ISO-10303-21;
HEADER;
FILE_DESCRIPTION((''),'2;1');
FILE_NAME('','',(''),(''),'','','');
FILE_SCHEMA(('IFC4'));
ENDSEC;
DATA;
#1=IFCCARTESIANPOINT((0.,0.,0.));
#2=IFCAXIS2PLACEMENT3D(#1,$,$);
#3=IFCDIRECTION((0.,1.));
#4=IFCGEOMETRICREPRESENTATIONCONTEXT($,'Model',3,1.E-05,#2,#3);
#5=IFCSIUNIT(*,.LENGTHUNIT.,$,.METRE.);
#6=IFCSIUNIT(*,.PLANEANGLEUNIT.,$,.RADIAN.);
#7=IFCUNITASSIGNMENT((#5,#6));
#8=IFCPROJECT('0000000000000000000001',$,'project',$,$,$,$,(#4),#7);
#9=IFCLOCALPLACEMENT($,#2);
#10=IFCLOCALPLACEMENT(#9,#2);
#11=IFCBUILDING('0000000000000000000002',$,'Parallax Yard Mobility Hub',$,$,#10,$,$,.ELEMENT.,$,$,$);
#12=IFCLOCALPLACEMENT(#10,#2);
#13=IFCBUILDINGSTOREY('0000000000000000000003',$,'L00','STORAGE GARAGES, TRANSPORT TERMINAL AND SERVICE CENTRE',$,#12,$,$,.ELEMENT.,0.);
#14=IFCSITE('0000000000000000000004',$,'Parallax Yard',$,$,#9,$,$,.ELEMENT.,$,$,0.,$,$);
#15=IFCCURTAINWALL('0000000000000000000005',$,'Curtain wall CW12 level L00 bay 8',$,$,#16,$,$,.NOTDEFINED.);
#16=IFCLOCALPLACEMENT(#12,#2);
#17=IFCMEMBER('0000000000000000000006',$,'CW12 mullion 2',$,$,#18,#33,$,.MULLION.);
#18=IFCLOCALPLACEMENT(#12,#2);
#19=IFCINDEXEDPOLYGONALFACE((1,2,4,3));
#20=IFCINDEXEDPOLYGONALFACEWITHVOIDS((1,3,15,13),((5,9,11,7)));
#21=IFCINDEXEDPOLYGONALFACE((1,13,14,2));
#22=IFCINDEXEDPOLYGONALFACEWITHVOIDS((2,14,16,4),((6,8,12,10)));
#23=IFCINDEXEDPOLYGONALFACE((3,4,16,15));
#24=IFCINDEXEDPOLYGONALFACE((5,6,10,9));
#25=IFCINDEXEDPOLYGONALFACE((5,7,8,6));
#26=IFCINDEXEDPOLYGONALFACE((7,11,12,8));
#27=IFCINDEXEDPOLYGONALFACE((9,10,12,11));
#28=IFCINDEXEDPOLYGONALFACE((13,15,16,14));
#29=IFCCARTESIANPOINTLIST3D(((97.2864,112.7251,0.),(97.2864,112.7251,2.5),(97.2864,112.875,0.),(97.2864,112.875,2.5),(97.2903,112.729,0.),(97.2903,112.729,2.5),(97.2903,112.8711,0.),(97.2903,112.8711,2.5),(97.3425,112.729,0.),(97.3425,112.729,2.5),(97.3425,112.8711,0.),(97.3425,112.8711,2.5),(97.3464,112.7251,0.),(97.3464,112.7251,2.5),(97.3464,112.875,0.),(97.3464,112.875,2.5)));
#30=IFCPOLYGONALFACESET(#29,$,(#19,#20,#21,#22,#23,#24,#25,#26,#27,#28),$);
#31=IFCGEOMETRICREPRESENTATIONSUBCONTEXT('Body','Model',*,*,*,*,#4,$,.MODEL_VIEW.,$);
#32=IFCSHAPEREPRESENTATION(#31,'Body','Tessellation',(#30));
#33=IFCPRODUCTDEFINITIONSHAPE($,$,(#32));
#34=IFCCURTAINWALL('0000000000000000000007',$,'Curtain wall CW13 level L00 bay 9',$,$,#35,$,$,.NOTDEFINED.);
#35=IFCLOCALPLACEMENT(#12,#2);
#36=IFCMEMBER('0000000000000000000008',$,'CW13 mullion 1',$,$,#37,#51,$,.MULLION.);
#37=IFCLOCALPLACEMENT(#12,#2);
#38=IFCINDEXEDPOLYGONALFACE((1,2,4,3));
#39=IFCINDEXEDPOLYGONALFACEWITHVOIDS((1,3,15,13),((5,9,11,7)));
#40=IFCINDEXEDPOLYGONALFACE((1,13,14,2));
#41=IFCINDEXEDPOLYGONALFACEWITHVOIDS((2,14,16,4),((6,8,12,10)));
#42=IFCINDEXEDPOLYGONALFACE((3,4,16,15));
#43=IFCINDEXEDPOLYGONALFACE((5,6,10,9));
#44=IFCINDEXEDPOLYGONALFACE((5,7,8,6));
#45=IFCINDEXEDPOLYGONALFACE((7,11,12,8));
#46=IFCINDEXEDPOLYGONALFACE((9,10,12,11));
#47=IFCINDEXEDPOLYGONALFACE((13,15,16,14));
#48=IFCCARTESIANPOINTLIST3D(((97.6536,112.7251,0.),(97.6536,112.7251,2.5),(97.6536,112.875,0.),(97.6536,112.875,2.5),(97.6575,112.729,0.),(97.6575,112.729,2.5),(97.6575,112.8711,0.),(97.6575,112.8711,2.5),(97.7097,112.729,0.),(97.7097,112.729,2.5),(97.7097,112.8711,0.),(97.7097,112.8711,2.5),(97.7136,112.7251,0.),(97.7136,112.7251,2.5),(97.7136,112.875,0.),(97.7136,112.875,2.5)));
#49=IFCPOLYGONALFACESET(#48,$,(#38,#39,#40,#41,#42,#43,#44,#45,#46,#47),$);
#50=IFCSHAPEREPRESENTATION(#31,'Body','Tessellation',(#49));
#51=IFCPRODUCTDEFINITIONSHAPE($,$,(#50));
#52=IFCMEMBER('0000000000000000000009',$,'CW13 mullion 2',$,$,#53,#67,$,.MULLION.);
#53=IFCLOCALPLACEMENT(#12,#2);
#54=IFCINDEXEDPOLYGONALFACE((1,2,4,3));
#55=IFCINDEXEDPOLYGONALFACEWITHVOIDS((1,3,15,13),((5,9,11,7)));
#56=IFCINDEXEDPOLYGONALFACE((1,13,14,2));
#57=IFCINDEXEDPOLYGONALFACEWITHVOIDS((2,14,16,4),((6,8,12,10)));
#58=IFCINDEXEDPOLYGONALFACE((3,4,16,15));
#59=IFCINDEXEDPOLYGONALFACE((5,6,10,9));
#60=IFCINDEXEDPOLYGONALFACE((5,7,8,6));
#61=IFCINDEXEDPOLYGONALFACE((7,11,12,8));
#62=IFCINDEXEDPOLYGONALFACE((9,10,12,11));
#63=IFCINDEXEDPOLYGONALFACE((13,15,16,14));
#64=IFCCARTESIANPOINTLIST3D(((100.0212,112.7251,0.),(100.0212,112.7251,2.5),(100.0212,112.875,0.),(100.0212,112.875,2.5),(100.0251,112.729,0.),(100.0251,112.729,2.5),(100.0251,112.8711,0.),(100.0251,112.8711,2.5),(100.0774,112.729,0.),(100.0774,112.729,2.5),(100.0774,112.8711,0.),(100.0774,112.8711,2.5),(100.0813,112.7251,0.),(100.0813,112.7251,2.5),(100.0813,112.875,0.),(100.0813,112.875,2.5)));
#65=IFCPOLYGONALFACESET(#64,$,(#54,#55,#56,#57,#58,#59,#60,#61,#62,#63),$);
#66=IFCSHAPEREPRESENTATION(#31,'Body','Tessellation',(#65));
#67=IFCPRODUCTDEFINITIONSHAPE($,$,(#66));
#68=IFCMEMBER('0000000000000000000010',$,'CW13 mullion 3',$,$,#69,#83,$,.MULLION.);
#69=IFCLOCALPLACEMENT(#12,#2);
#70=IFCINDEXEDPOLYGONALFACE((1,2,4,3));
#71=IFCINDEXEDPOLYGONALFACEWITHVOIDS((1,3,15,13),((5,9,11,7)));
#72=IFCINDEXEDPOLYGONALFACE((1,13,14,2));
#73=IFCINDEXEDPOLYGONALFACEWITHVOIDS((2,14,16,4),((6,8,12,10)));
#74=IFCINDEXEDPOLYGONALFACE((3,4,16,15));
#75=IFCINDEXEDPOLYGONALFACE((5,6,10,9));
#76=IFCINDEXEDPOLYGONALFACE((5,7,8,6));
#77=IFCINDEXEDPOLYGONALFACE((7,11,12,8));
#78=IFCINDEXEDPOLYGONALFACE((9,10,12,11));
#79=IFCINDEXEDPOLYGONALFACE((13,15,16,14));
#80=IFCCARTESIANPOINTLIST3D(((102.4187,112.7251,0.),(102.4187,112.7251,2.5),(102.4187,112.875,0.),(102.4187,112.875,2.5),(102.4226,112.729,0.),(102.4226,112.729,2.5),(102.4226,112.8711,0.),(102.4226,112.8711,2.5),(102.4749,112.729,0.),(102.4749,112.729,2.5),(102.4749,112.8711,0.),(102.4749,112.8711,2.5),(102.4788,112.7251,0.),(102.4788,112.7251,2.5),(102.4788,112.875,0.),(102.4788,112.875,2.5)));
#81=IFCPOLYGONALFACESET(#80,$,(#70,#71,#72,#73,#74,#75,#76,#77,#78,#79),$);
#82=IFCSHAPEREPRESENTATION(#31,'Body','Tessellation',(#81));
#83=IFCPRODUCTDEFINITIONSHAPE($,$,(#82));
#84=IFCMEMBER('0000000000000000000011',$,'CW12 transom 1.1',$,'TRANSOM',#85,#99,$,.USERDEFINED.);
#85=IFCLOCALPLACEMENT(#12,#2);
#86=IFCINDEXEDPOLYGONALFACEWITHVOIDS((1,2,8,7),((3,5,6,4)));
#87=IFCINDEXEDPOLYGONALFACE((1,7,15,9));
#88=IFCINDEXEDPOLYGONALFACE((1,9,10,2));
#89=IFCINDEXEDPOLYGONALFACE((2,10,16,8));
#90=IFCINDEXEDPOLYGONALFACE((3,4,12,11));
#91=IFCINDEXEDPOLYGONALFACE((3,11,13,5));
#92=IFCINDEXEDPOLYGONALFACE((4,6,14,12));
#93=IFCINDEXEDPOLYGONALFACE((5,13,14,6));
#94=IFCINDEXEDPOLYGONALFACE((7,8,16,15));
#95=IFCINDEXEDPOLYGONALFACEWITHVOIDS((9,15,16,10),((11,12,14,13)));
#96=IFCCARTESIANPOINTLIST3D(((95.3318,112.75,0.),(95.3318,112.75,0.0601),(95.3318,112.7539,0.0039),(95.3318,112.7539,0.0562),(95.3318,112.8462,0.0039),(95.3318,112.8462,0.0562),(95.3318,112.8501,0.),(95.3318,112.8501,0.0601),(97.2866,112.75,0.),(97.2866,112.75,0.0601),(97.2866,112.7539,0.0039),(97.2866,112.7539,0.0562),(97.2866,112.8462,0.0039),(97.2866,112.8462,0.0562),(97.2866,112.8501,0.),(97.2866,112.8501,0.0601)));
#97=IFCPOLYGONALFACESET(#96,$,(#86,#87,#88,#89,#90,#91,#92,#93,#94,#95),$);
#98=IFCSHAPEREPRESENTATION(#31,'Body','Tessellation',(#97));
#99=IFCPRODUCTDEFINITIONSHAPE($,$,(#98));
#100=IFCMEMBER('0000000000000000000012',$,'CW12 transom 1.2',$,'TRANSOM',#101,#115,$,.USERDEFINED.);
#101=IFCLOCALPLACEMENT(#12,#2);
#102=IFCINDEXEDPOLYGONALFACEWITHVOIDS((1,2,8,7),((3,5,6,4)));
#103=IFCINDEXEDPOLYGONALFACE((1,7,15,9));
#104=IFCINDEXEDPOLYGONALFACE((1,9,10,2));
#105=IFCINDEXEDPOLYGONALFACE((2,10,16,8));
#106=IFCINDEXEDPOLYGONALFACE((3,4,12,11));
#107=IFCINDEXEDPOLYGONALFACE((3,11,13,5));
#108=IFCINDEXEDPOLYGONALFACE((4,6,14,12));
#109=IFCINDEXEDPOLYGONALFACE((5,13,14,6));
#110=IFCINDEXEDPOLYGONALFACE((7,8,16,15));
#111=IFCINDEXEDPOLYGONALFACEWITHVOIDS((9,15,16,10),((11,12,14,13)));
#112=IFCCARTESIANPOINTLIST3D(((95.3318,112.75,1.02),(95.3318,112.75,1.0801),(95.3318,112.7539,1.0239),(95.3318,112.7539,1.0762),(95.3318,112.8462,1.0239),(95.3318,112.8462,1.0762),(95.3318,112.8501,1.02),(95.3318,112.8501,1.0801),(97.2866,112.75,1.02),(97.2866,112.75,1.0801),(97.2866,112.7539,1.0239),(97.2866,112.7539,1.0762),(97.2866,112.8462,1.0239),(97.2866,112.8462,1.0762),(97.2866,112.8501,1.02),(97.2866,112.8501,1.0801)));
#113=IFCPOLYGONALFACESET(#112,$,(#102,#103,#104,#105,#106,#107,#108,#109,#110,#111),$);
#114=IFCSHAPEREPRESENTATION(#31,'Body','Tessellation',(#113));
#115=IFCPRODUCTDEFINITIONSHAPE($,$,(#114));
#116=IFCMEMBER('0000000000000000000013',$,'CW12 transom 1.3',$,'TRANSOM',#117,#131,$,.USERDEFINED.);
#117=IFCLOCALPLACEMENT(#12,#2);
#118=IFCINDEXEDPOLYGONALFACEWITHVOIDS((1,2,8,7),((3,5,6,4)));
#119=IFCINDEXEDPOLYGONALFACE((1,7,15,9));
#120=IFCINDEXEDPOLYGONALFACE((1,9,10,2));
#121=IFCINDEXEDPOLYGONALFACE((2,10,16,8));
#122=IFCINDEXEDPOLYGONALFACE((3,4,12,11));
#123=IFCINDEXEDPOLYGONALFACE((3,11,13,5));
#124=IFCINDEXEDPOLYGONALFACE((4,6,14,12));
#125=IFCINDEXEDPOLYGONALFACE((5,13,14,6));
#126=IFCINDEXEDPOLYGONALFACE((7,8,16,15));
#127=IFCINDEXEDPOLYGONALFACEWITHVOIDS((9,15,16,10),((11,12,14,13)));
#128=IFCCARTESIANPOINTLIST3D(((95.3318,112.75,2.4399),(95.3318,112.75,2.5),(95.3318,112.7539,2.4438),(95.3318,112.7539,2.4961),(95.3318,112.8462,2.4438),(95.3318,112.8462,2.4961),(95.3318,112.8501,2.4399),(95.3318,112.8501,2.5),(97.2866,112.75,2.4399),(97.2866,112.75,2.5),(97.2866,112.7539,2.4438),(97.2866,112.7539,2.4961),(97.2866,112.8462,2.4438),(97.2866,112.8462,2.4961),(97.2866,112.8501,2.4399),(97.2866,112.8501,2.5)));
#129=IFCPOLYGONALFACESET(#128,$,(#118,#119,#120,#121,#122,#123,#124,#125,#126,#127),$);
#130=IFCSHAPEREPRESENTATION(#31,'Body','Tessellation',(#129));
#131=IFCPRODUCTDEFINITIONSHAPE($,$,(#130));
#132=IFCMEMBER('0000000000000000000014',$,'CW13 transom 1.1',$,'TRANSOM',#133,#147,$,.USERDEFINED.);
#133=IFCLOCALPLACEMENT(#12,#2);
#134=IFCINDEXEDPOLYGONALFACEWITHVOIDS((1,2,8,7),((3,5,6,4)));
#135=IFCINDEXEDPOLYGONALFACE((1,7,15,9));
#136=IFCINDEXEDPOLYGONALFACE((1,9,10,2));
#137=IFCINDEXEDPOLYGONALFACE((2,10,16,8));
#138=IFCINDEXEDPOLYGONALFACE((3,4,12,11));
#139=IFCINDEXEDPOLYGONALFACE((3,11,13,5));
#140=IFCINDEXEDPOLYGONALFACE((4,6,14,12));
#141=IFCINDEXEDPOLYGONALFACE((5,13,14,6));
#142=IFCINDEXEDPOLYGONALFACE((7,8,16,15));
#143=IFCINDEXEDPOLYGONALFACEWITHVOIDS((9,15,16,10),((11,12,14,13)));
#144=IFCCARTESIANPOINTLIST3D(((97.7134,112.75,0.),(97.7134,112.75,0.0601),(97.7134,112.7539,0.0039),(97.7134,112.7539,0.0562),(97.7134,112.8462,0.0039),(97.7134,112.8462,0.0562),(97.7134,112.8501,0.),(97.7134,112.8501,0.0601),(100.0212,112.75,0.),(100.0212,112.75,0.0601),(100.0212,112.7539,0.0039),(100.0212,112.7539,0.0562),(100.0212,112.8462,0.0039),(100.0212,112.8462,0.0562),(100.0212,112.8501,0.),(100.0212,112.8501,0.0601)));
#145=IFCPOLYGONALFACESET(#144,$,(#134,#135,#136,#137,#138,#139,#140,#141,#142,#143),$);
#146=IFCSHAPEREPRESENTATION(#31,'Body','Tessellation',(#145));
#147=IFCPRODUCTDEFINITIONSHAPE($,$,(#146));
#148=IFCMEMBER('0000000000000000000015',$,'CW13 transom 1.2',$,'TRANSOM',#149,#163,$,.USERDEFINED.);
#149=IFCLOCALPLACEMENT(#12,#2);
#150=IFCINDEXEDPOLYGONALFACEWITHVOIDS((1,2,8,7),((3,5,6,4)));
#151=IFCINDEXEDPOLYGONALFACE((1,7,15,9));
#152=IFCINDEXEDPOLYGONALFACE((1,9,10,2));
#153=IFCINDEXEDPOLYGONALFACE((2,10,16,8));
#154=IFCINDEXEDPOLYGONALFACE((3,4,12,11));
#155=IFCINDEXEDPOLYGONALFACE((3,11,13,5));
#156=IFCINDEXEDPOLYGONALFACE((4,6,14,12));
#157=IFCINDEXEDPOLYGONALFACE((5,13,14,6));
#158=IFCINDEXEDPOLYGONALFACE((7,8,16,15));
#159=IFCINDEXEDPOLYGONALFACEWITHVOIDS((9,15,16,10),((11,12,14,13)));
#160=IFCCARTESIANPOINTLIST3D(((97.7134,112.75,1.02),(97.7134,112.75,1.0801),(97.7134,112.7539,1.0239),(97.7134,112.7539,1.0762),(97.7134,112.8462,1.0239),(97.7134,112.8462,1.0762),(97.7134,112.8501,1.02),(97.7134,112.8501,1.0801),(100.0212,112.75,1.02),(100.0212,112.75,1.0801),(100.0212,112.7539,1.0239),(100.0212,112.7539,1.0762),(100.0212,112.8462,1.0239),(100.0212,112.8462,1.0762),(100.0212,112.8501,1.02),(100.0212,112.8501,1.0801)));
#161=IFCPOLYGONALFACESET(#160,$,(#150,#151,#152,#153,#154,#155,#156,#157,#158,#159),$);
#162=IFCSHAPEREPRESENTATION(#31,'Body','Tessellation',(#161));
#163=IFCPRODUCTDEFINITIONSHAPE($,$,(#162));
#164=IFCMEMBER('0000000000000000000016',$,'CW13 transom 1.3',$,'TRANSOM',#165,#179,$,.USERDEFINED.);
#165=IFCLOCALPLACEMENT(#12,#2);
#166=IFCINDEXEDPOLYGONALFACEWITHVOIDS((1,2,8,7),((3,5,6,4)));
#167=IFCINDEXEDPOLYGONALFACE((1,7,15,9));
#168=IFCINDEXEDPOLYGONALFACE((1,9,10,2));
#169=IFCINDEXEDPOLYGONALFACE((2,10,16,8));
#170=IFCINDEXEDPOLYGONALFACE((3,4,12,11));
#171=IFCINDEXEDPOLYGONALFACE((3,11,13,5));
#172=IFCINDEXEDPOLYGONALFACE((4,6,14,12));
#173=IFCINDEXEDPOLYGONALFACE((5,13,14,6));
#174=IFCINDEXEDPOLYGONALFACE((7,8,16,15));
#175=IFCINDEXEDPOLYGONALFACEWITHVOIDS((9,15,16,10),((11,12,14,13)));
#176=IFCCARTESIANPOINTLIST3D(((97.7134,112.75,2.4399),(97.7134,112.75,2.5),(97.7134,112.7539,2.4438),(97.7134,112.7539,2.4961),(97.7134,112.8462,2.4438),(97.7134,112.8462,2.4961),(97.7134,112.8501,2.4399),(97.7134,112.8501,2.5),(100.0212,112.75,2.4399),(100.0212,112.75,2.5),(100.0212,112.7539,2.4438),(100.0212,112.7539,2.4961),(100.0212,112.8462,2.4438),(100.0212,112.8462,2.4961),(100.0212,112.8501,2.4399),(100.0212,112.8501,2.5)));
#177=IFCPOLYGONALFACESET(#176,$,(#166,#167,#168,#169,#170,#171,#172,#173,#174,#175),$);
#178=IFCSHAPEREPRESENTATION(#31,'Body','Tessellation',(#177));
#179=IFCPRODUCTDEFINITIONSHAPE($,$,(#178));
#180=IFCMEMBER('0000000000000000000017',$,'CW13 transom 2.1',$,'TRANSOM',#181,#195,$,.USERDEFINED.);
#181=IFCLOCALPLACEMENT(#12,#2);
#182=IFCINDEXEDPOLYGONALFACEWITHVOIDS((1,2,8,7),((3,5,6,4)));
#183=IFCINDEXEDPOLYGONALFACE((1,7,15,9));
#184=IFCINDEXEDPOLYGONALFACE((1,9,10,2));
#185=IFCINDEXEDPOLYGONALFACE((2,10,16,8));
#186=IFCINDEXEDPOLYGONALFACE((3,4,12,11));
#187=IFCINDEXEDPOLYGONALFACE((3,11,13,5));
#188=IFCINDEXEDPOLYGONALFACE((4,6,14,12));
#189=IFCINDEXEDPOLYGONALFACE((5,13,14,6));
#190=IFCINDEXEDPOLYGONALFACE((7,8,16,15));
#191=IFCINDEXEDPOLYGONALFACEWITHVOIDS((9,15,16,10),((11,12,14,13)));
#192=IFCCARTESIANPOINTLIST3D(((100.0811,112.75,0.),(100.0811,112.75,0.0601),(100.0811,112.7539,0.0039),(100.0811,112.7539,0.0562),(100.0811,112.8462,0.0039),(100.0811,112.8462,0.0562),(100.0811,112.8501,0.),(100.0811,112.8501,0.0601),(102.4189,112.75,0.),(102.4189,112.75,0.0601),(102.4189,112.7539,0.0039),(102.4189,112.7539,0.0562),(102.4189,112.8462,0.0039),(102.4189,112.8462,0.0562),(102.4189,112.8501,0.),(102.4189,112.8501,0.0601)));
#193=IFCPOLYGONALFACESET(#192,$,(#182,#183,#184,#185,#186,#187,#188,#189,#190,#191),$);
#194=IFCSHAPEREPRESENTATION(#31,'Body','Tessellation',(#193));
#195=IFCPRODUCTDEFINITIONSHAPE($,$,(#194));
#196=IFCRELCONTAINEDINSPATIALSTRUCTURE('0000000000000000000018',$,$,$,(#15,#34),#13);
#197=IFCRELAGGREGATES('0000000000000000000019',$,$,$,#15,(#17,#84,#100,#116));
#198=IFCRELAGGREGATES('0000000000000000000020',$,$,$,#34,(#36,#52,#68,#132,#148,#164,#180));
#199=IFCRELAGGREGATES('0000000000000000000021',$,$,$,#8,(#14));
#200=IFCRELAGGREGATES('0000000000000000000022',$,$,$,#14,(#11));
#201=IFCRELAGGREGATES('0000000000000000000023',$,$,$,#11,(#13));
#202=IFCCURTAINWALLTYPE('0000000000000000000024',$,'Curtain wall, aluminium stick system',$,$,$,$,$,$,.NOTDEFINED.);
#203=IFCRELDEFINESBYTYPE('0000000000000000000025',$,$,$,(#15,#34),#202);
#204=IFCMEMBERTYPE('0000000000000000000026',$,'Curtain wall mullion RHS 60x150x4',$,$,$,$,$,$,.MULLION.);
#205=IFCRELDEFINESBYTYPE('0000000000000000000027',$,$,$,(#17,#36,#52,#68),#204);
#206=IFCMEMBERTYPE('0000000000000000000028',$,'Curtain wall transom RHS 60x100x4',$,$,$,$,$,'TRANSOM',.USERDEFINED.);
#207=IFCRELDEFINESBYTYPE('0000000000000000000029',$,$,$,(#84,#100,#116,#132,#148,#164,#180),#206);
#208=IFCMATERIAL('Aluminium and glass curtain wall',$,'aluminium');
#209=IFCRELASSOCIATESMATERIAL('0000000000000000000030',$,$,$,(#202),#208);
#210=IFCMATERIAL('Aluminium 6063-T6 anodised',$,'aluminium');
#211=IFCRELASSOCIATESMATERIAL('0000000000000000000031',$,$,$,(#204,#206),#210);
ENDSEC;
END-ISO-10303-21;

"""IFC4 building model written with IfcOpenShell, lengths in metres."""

from ifc_helpers import new_model, si_unit, direction, frame, origin, origin_2d, place, context, subcontext, project, spatial, hollow_rectangle, extrude, material, material_profile, profile_set, type_object, element, aggregate, save


model = new_model("IFC4")

# Units and contexts
model_context = context("Model", 3, precision=1e-05, world=origin(), true_north=direction((0.0, 1.0)))
body_context = subcontext(model_context, "Body", "Model", "MODEL_VIEW")
ifc_project = project(units=[si_unit("LENGTHUNIT", "METRE"), si_unit("PLANEANGLEUNIT", "RADIAN")], contexts=[model_context])

# Site, building, storey
site_placement = place(None, origin())
site = spatial("IfcSite", under=ifc_project, at=site_placement, Name="Parallax Yard", CompositionType="ELEMENT", RefElevation=0.0)
building_placement = place(site_placement, origin())
building = spatial("IfcBuilding", under=site, at=building_placement, Name="Parallax Yard Mobility Hub", CompositionType="ELEMENT")
storey_placement = place(building_placement, origin())
storey = spatial("IfcBuildingStorey", under=building, at=storey_placement, Name="L00", Description="STORAGE GARAGES, TRANSPORT TERMINAL AND SERVICE CENTRE", CompositionType="ELEMENT", Elevation=0.0)

# Curtain wall, member
ifc_material_1 = material(Name="Aluminium and glass curtain wall", Category="aluminium")
curtain_wall_type = type_object("IfcCurtainWallType", Name="Curtain wall, aluminium stick system", PredefinedType="NOTDEFINED", material=ifc_material_1)
curtain_wall_1_placement = place(storey_placement, origin())
curtain_wall_1 = element("IfcCurtainWall", 1, at=curtain_wall_1_placement, inside=storey, type_object=curtain_wall_type, Name="Curtain wall CW12 level L00 bay 8", PredefinedType="NOTDEFINED")
ifc_material_2 = material(Name="Aluminium 6063-T6 anodised", Category="aluminium")
ifc_material_profile_1 = material_profile(ifc_material_2, hollow_rectangle(XDim=0.1499, YDim=0.0601, WallThickness=0.0039, at=origin_2d()), Name="RHS 60x150x4")
ifc_profile_set_1 = profile_set([ifc_material_profile_1], Name="Aluminium 6063-T6 anodised")
member_type_1 = type_object("IfcMemberType", Name="Curtain wall mullion RHS 60x150x4", PredefinedType="MULLION", material=ifc_profile_set_1)
member_1_placement = place(storey_placement, frame((97.3164, 112.8, 0.0), z_axis=(0.0, 0.0, 1.0), x_axis=(0.0, 1.0, 0.0)))
member_1 = element("IfcMember", 2, at=member_1_placement, type_object=member_type_1, Name="CW12 mullion 2", PredefinedType="MULLION", context=body_context, shape_type="SweptSolid", body=[
    extrude(hollow_rectangle(XDim=0.1499, YDim=0.0601, WallThickness=0.0039, at=origin_2d()), origin(), (0.0, 0.0, 1.0), 2.5),
])

# Curtain wall, members
curtain_wall_2_placement = place(storey_placement, origin())
curtain_wall_2 = element("IfcCurtainWall", 3, at=curtain_wall_2_placement, inside=storey, type_object=curtain_wall_type, Name="Curtain wall CW13 level L00 bay 9", PredefinedType="NOTDEFINED")
member_2_placement = place(storey_placement, frame((97.6836, 112.8, 0.0), z_axis=(0.0, 0.0, 1.0), x_axis=(0.0, 1.0, 0.0)))
member_2 = element("IfcMember", 4, at=member_2_placement, type_object=member_type_1, Name="CW13 mullion 1", PredefinedType="MULLION", context=body_context, shape_type="SweptSolid", body=[
    extrude(hollow_rectangle(XDim=0.1499, YDim=0.0601, WallThickness=0.0039, at=origin_2d()), origin(), (0.0, 0.0, 1.0), 2.5),
])
member_3_placement = place(storey_placement, frame((100.0513, 112.8, 0.0), z_axis=(0.0, 0.0, 1.0), x_axis=(0.0, 1.0, 0.0)))
member_3 = element("IfcMember", 5, at=member_3_placement, type_object=member_type_1, Name="CW13 mullion 2", PredefinedType="MULLION", context=body_context, shape_type="SweptSolid", body=[
    extrude(hollow_rectangle(XDim=0.1499, YDim=0.0601, WallThickness=0.0039, at=origin_2d()), origin(), (0.0, 0.0, 1.0), 2.5),
])
member_4_placement = place(storey_placement, frame((102.4487, 112.8, 0.0), z_axis=(0.0, 0.0, 1.0), x_axis=(0.0, 1.0, 0.0)))
member_4 = element("IfcMember", 6, at=member_4_placement, type_object=member_type_1, Name="CW13 mullion 3", PredefinedType="MULLION", context=body_context, shape_type="SweptSolid", body=[
    extrude(hollow_rectangle(XDim=0.1499, YDim=0.0601, WallThickness=0.0039, at=origin_2d()), origin(), (0.0, 0.0, 1.0), 2.5),
])

# Members
ifc_material_profile_2 = material_profile(ifc_material_2, hollow_rectangle(XDim=0.1001, YDim=0.0601, WallThickness=0.0039, at=origin_2d()), Name="RHS 60x100x4")
ifc_profile_set_2 = profile_set([ifc_material_profile_2], Name="Aluminium 6063-T6 anodised")
member_type_2 = type_object("IfcMemberType", Name="Curtain wall transom RHS 60x100x4", ElementType="TRANSOM", PredefinedType="USERDEFINED", material=ifc_profile_set_2)
member_5_placement = place(storey_placement, frame((95.3318, 112.8, 0.03), z_axis=(1.0, 0.0, 0.0), x_axis=(0.0, 1.0, 0.0)))
member_5 = element("IfcMember", 7, at=member_5_placement, type_object=member_type_2, Name="CW12 transom 1.1", ObjectType="TRANSOM", PredefinedType="USERDEFINED", context=body_context, shape_type="SweptSolid", body=[
    extrude(hollow_rectangle(XDim=0.1001, YDim=0.0601, WallThickness=0.0039, at=origin_2d()), origin(), (0.0, 0.0, 1.0), 1.9548),
])
member_6_placement = place(storey_placement, frame((95.3318, 112.8, 1.05), z_axis=(1.0, 0.0, 0.0), x_axis=(0.0, 1.0, 0.0)))
member_6 = element("IfcMember", 8, at=member_6_placement, type_object=member_type_2, Name="CW12 transom 1.2", ObjectType="TRANSOM", PredefinedType="USERDEFINED", context=body_context, shape_type="SweptSolid", body=[
    extrude(hollow_rectangle(XDim=0.1001, YDim=0.0601, WallThickness=0.0039, at=origin_2d()), origin(), (0.0, 0.0, 1.0), 1.9548),
])
member_7_placement = place(storey_placement, frame((95.3318, 112.8, 2.47), z_axis=(1.0, 0.0, 0.0), x_axis=(0.0, 1.0, 0.0)))
member_7 = element("IfcMember", 9, at=member_7_placement, type_object=member_type_2, Name="CW12 transom 1.3", ObjectType="TRANSOM", PredefinedType="USERDEFINED", context=body_context, shape_type="SweptSolid", body=[
    extrude(hollow_rectangle(XDim=0.1001, YDim=0.0601, WallThickness=0.0039, at=origin_2d()), origin(), (0.0, 0.0, 1.0), 1.9548),
])
member_8_placement = place(storey_placement, frame((97.7134, 112.8, 0.03), z_axis=(1.0, 0.0, 0.0), x_axis=(0.0, 1.0, 0.0)))
member_8 = element("IfcMember", 10, at=member_8_placement, type_object=member_type_2, Name="CW13 transom 1.1", ObjectType="TRANSOM", PredefinedType="USERDEFINED", context=body_context, shape_type="SweptSolid", body=[
    extrude(hollow_rectangle(XDim=0.1001, YDim=0.0601, WallThickness=0.0039, at=origin_2d()), origin(), (0.0, 0.0, 1.0), 2.3079),
])
member_9_placement = place(storey_placement, frame((97.7134, 112.8, 1.05), z_axis=(1.0, 0.0, 0.0), x_axis=(0.0, 1.0, 0.0)))
member_9 = element("IfcMember", 11, at=member_9_placement, type_object=member_type_2, Name="CW13 transom 1.2", ObjectType="TRANSOM", PredefinedType="USERDEFINED", context=body_context, shape_type="SweptSolid", body=[
    extrude(hollow_rectangle(XDim=0.1001, YDim=0.0601, WallThickness=0.0039, at=origin_2d()), origin(), (0.0, 0.0, 1.0), 2.3079),
])
member_10_placement = place(storey_placement, frame((97.7134, 112.8, 2.47), z_axis=(1.0, 0.0, 0.0), x_axis=(0.0, 1.0, 0.0)))
member_10 = element("IfcMember", 12, at=member_10_placement, type_object=member_type_2, Name="CW13 transom 1.3", ObjectType="TRANSOM", PredefinedType="USERDEFINED", context=body_context, shape_type="SweptSolid", body=[
    extrude(hollow_rectangle(XDim=0.1001, YDim=0.0601, WallThickness=0.0039, at=origin_2d()), origin(), (0.0, 0.0, 1.0), 2.3079),
])
member_11_placement = place(storey_placement, frame((100.0811, 112.8, 0.03), z_axis=(1.0, 0.0, 0.0), x_axis=(0.0, 1.0, 0.0)))
member_11 = element("IfcMember", 13, at=member_11_placement, type_object=member_type_2, Name="CW13 transom 2.1", ObjectType="TRANSOM", PredefinedType="USERDEFINED", context=body_context, shape_type="SweptSolid", body=[
    extrude(hollow_rectangle(XDim=0.1001, YDim=0.0601, WallThickness=0.0039, at=origin_2d()), origin(), (0.0, 0.0, 1.0), 2.3379),
])

aggregate(curtain_wall_1, [member_1, member_5, member_6, member_7])
aggregate(curtain_wall_2, [member_2, member_3, member_4, member_8, member_9, member_10, member_11])

save(model, "model.ifc")
